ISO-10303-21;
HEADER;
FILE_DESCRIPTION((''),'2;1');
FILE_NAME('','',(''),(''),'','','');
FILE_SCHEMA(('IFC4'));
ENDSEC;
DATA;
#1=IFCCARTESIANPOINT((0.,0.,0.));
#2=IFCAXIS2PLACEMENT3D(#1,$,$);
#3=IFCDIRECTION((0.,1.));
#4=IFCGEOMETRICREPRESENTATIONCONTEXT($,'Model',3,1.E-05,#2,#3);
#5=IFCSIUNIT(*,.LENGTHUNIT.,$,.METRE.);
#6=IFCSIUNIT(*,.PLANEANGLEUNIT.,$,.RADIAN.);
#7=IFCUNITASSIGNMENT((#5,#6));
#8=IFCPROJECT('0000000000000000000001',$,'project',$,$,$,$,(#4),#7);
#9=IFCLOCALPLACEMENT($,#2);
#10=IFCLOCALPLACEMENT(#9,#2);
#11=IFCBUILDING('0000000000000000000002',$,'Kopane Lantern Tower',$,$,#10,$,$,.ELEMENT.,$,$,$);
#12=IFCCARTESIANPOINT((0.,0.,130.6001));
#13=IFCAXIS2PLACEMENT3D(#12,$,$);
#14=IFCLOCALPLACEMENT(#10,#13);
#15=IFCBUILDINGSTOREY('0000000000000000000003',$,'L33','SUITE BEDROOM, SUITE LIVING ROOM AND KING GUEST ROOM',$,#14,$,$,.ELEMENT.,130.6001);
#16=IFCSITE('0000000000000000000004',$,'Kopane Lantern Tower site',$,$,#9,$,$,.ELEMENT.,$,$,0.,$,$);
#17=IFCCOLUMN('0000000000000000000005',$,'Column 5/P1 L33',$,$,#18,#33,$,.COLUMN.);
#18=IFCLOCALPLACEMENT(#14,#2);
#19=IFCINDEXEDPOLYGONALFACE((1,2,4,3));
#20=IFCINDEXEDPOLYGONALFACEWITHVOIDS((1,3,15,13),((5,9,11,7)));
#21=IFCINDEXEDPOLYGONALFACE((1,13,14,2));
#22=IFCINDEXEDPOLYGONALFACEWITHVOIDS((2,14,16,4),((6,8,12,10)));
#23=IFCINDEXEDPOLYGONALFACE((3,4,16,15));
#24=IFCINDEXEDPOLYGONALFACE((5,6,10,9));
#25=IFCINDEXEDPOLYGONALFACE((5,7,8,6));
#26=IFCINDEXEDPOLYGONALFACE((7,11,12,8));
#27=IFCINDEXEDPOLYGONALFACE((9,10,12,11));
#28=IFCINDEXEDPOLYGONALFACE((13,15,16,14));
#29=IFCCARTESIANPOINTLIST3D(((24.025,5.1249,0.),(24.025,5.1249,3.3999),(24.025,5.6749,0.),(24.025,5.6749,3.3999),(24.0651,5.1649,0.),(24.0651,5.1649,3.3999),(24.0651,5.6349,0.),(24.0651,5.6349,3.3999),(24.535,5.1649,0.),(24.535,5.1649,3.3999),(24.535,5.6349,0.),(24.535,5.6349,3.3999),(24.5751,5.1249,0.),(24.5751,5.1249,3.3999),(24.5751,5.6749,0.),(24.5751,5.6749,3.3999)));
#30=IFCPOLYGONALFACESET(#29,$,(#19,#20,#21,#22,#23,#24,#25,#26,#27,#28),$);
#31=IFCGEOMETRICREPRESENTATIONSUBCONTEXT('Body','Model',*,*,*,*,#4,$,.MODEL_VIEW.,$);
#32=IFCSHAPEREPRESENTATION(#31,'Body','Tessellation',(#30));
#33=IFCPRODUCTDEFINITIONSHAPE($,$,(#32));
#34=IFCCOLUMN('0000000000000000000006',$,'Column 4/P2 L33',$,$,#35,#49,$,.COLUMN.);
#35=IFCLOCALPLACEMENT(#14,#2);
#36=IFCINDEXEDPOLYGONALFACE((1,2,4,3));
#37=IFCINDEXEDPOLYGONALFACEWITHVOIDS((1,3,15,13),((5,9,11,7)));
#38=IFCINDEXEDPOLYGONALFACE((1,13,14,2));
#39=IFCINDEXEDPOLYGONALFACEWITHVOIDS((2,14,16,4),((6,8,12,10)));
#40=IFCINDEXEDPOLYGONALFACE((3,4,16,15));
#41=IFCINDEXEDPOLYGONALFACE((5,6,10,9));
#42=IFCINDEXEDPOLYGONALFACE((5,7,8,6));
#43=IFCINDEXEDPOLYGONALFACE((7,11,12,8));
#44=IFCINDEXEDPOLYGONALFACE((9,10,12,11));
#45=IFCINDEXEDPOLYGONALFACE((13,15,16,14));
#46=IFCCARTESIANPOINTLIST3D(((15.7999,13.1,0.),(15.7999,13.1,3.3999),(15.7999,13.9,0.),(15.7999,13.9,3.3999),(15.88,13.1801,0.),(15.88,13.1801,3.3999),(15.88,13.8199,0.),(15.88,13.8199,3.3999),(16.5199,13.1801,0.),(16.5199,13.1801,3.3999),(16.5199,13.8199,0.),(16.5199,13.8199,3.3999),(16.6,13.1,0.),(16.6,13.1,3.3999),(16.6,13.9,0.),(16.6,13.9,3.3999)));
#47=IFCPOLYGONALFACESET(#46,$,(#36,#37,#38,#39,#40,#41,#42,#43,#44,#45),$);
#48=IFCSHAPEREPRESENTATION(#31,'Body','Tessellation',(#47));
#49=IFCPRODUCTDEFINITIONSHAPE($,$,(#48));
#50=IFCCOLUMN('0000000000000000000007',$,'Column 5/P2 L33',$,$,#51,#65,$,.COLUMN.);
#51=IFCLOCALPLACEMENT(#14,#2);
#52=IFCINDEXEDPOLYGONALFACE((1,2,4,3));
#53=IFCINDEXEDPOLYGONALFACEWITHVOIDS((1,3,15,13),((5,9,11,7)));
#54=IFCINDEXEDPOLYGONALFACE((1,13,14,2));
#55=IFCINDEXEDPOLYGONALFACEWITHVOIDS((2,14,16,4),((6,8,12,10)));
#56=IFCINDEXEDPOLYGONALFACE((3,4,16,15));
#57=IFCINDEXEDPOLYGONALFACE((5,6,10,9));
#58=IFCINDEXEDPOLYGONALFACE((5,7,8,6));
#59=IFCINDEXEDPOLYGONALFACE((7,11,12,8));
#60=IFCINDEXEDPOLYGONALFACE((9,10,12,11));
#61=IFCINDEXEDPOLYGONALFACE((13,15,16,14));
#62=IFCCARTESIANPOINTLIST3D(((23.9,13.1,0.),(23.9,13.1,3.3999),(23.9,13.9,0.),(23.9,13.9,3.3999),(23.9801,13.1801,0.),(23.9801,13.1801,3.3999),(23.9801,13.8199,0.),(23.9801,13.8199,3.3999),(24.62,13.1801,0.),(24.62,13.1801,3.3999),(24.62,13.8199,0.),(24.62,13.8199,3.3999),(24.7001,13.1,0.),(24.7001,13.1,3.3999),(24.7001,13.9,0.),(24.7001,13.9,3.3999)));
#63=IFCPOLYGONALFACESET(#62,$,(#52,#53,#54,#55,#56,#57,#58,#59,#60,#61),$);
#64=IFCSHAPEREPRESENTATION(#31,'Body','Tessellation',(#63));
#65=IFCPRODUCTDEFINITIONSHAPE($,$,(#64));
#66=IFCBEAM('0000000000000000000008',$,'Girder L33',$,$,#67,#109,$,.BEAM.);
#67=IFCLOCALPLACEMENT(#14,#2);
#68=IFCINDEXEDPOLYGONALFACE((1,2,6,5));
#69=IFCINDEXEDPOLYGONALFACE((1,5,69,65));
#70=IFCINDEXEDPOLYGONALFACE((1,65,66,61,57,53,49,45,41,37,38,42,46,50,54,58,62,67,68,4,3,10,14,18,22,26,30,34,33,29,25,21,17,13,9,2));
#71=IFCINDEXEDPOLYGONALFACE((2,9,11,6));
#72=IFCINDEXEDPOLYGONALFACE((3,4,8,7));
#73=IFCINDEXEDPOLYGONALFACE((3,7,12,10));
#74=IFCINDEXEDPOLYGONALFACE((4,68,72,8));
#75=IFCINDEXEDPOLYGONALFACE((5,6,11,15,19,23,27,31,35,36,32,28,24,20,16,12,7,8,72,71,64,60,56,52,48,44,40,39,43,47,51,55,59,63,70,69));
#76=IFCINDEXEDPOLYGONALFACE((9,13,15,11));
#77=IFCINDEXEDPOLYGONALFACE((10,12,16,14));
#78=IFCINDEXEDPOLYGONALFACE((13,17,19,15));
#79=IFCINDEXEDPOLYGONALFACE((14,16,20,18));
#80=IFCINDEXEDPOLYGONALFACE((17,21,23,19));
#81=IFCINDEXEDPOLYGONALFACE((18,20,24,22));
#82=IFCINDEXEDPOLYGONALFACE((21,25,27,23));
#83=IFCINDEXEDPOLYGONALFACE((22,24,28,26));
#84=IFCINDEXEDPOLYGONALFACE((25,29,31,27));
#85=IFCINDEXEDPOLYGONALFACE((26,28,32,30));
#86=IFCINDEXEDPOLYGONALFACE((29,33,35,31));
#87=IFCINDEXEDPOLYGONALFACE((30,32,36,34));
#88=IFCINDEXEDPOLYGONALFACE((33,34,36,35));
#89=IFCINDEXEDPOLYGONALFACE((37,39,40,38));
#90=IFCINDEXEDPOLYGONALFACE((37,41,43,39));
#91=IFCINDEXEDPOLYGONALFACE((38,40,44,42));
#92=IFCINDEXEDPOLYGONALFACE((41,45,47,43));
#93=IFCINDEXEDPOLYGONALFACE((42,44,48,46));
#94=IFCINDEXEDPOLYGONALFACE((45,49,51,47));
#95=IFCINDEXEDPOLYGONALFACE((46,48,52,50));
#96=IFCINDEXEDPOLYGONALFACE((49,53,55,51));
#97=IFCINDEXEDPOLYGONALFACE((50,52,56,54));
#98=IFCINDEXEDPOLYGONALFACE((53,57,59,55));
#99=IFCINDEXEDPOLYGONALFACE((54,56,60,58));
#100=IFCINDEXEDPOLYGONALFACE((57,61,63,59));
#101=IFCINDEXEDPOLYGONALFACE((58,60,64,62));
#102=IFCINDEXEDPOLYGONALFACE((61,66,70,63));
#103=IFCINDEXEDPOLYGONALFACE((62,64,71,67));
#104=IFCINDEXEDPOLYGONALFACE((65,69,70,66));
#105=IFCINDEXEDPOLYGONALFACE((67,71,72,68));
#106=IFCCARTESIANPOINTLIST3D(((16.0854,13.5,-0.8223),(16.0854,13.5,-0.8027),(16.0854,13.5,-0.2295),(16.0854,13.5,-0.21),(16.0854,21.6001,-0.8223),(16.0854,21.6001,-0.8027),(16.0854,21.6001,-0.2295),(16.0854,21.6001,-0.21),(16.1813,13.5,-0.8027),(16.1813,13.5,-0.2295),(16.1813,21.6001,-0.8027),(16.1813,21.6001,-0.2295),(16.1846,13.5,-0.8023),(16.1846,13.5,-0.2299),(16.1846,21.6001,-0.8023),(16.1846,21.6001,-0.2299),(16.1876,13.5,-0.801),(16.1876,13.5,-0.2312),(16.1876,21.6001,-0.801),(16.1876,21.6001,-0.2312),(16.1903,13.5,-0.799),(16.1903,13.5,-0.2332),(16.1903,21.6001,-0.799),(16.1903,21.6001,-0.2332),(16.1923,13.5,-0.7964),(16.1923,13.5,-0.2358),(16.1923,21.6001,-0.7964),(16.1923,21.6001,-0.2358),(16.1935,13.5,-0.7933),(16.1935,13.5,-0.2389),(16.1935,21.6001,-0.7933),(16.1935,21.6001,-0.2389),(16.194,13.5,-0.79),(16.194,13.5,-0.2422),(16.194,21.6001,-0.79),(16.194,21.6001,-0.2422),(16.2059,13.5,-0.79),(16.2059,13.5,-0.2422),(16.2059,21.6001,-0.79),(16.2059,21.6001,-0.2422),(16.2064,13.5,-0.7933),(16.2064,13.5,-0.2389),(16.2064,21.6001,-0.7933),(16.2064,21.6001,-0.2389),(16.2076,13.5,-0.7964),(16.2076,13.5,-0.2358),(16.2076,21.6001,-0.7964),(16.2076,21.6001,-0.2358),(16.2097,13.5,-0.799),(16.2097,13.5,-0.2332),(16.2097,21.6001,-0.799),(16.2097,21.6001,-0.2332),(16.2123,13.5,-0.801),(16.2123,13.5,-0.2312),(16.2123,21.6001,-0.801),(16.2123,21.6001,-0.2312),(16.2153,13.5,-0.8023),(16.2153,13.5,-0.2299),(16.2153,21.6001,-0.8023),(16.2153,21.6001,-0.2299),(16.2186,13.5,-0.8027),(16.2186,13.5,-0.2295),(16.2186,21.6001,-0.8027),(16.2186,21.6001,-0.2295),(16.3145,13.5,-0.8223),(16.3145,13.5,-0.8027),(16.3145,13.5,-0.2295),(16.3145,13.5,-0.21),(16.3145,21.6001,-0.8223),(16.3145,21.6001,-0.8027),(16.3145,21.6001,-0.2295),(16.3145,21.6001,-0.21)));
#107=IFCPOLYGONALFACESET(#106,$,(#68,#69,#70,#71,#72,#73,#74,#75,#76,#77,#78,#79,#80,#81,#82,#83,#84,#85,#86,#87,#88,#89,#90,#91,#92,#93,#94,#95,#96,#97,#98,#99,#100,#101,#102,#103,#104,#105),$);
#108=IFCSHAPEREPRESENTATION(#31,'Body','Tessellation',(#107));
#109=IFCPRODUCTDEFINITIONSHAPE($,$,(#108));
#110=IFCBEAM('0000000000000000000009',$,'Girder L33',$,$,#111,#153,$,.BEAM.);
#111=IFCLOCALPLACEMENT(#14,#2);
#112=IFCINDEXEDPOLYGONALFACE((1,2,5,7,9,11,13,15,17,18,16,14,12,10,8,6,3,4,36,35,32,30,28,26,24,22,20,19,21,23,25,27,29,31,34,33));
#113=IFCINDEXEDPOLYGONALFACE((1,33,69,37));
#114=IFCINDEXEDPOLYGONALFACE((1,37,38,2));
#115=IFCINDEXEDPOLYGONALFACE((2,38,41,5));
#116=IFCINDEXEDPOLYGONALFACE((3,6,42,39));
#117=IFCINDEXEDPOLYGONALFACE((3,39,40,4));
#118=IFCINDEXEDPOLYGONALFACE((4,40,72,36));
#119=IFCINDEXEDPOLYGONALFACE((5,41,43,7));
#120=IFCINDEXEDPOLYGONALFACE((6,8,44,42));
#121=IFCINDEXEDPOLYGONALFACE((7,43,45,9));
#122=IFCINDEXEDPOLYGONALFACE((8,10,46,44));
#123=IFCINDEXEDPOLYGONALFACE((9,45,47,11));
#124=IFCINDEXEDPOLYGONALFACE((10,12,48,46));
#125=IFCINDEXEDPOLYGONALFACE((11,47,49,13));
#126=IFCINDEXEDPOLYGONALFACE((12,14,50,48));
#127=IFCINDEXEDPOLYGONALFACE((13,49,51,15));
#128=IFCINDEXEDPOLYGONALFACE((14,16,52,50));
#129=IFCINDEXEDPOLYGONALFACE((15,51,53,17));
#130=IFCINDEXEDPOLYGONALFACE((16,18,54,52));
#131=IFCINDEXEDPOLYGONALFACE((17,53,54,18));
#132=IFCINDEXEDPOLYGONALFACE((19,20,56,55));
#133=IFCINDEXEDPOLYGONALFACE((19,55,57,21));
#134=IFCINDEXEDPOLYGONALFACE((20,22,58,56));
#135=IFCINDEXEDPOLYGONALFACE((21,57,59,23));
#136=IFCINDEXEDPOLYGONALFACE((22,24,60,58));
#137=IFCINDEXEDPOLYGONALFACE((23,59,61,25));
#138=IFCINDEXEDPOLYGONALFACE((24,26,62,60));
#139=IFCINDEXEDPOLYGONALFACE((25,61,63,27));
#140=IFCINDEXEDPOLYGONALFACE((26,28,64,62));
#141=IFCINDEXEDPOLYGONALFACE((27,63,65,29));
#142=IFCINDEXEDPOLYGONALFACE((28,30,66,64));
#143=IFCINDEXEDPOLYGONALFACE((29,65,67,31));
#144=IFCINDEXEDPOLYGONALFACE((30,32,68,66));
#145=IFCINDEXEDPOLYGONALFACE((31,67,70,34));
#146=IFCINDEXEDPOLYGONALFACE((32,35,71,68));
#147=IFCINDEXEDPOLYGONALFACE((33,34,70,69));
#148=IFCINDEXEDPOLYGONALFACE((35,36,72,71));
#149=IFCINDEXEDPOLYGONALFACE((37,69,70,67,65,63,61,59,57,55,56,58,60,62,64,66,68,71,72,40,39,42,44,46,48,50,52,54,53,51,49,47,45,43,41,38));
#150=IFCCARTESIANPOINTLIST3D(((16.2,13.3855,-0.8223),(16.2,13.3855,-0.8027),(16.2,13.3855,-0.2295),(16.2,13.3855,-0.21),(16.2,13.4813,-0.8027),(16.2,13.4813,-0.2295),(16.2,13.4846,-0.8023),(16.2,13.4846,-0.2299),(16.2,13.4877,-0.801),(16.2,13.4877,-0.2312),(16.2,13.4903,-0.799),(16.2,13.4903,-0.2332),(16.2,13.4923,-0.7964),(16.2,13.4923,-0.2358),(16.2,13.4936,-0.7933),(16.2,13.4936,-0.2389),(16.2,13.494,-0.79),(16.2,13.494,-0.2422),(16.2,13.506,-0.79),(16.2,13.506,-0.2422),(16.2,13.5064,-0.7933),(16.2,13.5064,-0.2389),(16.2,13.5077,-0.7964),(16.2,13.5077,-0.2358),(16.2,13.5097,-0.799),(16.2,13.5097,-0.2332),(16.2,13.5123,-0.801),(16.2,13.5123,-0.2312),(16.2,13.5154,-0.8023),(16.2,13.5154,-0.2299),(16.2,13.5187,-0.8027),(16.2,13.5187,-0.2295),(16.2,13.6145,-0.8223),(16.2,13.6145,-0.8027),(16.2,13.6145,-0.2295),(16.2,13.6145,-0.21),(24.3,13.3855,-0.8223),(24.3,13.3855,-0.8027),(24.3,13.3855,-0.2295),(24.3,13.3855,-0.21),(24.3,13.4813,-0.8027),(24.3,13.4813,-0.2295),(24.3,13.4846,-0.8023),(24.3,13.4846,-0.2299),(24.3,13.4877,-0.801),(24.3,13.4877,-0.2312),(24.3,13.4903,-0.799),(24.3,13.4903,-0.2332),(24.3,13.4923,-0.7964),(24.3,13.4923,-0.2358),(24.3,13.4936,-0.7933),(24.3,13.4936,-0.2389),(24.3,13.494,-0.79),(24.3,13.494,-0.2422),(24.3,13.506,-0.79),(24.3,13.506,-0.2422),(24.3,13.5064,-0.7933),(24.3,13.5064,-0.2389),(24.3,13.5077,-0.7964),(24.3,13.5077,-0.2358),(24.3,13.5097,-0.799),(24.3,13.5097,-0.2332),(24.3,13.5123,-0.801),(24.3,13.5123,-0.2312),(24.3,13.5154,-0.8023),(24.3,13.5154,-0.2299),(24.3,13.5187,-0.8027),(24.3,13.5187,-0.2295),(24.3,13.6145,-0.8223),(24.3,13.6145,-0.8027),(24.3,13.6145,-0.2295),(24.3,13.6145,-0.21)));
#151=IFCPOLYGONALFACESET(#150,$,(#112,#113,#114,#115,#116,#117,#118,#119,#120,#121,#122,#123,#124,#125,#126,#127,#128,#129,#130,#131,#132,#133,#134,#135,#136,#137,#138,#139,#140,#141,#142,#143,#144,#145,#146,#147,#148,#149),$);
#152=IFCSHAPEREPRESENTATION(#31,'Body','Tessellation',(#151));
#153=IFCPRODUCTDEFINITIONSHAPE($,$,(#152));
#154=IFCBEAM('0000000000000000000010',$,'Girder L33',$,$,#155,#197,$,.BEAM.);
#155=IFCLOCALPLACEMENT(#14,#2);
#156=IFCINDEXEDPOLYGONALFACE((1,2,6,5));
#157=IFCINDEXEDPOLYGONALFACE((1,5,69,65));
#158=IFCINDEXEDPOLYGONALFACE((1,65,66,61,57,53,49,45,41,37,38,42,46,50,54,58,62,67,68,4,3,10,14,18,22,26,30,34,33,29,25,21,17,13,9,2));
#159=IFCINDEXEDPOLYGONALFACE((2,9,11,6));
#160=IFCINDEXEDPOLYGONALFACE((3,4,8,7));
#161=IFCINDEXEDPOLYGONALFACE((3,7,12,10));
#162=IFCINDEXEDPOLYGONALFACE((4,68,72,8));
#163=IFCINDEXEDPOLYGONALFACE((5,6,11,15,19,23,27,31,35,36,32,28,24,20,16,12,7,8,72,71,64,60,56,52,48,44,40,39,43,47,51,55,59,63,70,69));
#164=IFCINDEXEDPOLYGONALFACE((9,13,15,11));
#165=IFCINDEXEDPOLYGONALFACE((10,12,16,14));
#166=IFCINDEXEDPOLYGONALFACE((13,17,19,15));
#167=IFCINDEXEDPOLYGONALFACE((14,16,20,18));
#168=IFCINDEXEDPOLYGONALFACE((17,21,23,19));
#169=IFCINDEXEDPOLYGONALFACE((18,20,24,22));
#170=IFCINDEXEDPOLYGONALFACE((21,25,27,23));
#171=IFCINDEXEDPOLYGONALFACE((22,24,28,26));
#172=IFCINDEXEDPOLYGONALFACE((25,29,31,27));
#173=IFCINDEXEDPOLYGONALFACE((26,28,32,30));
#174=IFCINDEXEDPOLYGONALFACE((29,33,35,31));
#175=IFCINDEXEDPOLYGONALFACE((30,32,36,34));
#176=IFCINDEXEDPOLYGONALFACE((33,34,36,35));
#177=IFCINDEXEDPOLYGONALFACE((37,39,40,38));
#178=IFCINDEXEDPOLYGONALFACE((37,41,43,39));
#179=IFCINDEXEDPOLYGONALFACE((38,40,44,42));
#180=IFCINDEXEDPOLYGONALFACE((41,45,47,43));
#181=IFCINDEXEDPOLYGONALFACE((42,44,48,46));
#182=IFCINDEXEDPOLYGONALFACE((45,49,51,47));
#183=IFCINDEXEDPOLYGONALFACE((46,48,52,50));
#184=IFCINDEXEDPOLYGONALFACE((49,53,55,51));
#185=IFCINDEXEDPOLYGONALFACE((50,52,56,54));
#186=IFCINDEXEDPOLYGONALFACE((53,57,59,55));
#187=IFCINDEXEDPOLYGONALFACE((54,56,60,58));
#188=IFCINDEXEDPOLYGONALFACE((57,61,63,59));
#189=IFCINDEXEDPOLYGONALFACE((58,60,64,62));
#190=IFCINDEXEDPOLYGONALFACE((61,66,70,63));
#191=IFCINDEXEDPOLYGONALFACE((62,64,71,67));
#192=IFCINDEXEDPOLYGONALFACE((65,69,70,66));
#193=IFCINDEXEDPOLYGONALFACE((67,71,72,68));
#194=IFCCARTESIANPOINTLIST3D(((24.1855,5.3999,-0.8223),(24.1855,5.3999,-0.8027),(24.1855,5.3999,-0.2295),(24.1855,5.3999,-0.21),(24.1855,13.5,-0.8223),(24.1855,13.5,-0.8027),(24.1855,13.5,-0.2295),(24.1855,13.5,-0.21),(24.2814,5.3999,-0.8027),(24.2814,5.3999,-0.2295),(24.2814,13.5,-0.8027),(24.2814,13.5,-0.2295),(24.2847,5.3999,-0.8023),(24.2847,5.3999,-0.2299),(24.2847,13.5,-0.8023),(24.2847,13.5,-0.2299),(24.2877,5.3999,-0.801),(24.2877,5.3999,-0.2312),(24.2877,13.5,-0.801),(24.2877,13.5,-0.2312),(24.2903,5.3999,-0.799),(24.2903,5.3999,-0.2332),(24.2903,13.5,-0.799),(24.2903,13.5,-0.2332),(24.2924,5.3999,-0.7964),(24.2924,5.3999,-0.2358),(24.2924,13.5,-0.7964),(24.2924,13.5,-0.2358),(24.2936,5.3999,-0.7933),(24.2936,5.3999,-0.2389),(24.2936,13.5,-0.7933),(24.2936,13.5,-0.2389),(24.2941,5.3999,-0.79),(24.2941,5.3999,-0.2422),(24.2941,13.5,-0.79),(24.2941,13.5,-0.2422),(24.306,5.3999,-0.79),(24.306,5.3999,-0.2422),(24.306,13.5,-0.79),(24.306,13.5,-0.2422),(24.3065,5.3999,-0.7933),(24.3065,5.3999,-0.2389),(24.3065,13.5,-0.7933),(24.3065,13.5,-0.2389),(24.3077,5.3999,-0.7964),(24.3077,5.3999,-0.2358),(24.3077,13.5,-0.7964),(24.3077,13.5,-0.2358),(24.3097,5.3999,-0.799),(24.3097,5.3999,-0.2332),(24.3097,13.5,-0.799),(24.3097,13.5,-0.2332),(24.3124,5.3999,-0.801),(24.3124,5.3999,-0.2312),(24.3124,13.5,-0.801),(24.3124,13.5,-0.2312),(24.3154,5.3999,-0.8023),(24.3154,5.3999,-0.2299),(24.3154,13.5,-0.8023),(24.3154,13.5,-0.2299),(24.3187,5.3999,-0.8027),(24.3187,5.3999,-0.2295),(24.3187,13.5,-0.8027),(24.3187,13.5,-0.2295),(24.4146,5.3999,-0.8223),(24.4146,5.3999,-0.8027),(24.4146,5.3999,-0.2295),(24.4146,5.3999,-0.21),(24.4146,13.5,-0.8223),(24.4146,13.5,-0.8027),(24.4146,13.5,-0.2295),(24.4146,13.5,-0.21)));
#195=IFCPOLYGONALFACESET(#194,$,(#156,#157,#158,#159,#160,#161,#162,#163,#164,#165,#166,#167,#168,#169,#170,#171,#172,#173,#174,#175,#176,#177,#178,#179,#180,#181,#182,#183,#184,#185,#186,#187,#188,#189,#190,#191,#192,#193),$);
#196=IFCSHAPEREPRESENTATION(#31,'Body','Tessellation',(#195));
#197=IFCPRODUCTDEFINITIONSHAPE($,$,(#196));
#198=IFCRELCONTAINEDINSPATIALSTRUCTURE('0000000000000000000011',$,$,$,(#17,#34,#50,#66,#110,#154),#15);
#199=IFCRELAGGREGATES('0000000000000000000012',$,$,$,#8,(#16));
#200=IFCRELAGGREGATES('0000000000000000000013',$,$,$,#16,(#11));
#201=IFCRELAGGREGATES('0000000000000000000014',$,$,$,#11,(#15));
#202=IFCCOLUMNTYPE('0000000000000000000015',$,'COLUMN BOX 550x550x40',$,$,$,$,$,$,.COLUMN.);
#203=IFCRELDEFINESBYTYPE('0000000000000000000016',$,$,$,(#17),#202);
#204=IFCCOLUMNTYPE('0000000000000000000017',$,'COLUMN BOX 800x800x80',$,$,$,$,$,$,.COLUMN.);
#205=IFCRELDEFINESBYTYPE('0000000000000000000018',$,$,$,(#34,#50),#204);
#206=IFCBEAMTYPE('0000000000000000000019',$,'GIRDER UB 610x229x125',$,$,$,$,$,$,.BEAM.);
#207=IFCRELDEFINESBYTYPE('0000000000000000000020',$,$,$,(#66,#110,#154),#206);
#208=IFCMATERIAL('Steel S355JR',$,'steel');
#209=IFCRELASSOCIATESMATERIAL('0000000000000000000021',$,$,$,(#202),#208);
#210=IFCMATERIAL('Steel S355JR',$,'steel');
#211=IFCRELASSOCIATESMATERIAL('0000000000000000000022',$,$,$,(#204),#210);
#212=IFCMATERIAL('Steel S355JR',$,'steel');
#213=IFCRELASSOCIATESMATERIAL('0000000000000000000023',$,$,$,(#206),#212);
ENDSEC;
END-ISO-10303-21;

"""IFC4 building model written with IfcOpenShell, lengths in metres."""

from ifc_helpers import new_model, si_unit, direction, frame, origin, origin_2d, place, context, subcontext, project, spatial, hollow_rectangle, i_section, extrude, material, material_profile, profile_set, type_object, element, save


model = new_model("IFC4")

# Units and contexts
model_context = context("Model", 3, precision=1e-05, world=origin(), true_north=direction((0.0, 1.0)))
body_context = subcontext(model_context, "Body", "Model", "MODEL_VIEW")
ifc_project = project(units=[si_unit("LENGTHUNIT", "METRE"), si_unit("PLANEANGLEUNIT", "RADIAN")], contexts=[model_context])

# Site, building, storey
site_placement = place(None, origin())
site = spatial("IfcSite", under=ifc_project, at=site_placement, Name="Kopane Lantern Tower site", CompositionType="ELEMENT", RefElevation=0.0)
building_placement = place(site_placement, origin())
building = spatial("IfcBuilding", under=site, at=building_placement, Name="Kopane Lantern Tower", CompositionType="ELEMENT")
storey_placement = place(building_placement, frame((0.0, 0.0, 130.6001)))
storey = spatial("IfcBuildingStorey", under=building, at=storey_placement, Name="L33", Description="SUITE BEDROOM, SUITE LIVING ROOM AND KING GUEST ROOM", CompositionType="ELEMENT", Elevation=130.6001)

# Columns
ifc_material_1 = material(Name="Steel S355JR", Category="steel")
ifc_material_profile_1 = material_profile(ifc_material_1, hollow_rectangle(XDim=0.55, YDim=0.55, WallThickness=0.04, at=origin_2d()), Name="BOX 550x550x40")
ifc_profile_set_1 = profile_set([ifc_material_profile_1], Name="Steel S355JR")
column_type_1 = type_object("IfcColumnType", Name="COLUMN BOX 550x550x40", PredefinedType="COLUMN", material=ifc_profile_set_1)
column_placement = place(storey_placement, frame((24.3, 5.3999, 0.0), z_axis=(0.0, 0.0, 1.0), x_axis=(1.0, 0.0, 0.0)))
element("IfcColumn", 1, at=column_placement, inside=storey, type_object=column_type_1, Name="Column 5/P1 L33", PredefinedType="COLUMN", context=body_context, shape_type="SweptSolid", body=[
    extrude(hollow_rectangle(XDim=0.55, YDim=0.55, WallThickness=0.04, at=origin_2d()), origin(), (0.0, 0.0, 1.0), 3.3999),
])
ifc_material_2 = material(Name="Steel S355JR", Category="steel")
ifc_material_profile_2 = material_profile(ifc_material_2, hollow_rectangle(XDim=0.8, YDim=0.8, WallThickness=0.0801, at=origin_2d()), Name="BOX 800x800x80")
ifc_profile_set_2 = profile_set([ifc_material_profile_2], Name="Steel S355JR")
column_type_2 = type_object("IfcColumnType", Name="COLUMN BOX 800x800x80", PredefinedType="COLUMN", material=ifc_profile_set_2)
for number, where, z_axis, x_axis, name in (
    (2, (16.2, 13.5, 0.0), (0.0, 0.0, 1.0), (1.0, 0.0, 0.0), "Column 4/P2 L33"),
    (3, (24.3, 13.5, 0.0), (0.0, 0.0, 1.0), (1.0, 0.0, 0.0), "Column 5/P2 L33"),
):
    element("IfcColumn", number, at=place(storey_placement, frame(where, z_axis=z_axis, x_axis=x_axis)), inside=storey, type_object=column_type_2, Name=name, PredefinedType="COLUMN", context=body_context, shape_type="SweptSolid", body=[
        extrude(hollow_rectangle(XDim=0.8, YDim=0.8, WallThickness=0.0801, at=origin_2d()), origin(), (0.0, 0.0, 1.0), 3.3999),
    ])

# Beams
ifc_material_3 = material(Name="Steel S355JR", Category="steel")
ifc_material_profile_3 = material_profile(ifc_material_3, i_section(OverallWidth=0.229, OverallDepth=0.6123, WebThickness=0.012, FlangeThickness=0.0195, FilletRadius=0.0127, at=origin_2d()), Name="UB 610x229x125")
ifc_profile_set_3 = profile_set([ifc_material_profile_3], Name="Steel S355JR")
beam_type = type_object("IfcBeamType", Name="GIRDER UB 610x229x125", PredefinedType="BEAM", material=ifc_profile_set_3)
for number, where, z_axis, x_axis, name in (
    (4, (16.2, 13.5, -0.5161), (0.0, 1.0, 0.0), (-1.0, 0.0, 0.0), "Girder L33"),
    (5, (16.2, 13.5, -0.5161), (1.0, 0.0, 0.0), (0.0, 1.0, 0.0), "Girder L33"),
    (6, (24.3, 5.3999, -0.5161), (0.0, 1.0, 0.0), (-1.0, 0.0, 0.0), "Girder L33"),
):
    element("IfcBeam", number, at=place(storey_placement, frame(where, z_axis=z_axis, x_axis=x_axis)), inside=storey, type_object=beam_type, Name=name, PredefinedType="BEAM", context=body_context, shape_type="SweptSolid", body=[
        extrude(i_section(OverallWidth=0.229, OverallDepth=0.6123, WebThickness=0.012, FlangeThickness=0.0195, FilletRadius=0.0127, at=origin_2d()), origin(), (0.0, 0.0, 1.0), 8.1001),
    ])

save(model, "model.ifc")
